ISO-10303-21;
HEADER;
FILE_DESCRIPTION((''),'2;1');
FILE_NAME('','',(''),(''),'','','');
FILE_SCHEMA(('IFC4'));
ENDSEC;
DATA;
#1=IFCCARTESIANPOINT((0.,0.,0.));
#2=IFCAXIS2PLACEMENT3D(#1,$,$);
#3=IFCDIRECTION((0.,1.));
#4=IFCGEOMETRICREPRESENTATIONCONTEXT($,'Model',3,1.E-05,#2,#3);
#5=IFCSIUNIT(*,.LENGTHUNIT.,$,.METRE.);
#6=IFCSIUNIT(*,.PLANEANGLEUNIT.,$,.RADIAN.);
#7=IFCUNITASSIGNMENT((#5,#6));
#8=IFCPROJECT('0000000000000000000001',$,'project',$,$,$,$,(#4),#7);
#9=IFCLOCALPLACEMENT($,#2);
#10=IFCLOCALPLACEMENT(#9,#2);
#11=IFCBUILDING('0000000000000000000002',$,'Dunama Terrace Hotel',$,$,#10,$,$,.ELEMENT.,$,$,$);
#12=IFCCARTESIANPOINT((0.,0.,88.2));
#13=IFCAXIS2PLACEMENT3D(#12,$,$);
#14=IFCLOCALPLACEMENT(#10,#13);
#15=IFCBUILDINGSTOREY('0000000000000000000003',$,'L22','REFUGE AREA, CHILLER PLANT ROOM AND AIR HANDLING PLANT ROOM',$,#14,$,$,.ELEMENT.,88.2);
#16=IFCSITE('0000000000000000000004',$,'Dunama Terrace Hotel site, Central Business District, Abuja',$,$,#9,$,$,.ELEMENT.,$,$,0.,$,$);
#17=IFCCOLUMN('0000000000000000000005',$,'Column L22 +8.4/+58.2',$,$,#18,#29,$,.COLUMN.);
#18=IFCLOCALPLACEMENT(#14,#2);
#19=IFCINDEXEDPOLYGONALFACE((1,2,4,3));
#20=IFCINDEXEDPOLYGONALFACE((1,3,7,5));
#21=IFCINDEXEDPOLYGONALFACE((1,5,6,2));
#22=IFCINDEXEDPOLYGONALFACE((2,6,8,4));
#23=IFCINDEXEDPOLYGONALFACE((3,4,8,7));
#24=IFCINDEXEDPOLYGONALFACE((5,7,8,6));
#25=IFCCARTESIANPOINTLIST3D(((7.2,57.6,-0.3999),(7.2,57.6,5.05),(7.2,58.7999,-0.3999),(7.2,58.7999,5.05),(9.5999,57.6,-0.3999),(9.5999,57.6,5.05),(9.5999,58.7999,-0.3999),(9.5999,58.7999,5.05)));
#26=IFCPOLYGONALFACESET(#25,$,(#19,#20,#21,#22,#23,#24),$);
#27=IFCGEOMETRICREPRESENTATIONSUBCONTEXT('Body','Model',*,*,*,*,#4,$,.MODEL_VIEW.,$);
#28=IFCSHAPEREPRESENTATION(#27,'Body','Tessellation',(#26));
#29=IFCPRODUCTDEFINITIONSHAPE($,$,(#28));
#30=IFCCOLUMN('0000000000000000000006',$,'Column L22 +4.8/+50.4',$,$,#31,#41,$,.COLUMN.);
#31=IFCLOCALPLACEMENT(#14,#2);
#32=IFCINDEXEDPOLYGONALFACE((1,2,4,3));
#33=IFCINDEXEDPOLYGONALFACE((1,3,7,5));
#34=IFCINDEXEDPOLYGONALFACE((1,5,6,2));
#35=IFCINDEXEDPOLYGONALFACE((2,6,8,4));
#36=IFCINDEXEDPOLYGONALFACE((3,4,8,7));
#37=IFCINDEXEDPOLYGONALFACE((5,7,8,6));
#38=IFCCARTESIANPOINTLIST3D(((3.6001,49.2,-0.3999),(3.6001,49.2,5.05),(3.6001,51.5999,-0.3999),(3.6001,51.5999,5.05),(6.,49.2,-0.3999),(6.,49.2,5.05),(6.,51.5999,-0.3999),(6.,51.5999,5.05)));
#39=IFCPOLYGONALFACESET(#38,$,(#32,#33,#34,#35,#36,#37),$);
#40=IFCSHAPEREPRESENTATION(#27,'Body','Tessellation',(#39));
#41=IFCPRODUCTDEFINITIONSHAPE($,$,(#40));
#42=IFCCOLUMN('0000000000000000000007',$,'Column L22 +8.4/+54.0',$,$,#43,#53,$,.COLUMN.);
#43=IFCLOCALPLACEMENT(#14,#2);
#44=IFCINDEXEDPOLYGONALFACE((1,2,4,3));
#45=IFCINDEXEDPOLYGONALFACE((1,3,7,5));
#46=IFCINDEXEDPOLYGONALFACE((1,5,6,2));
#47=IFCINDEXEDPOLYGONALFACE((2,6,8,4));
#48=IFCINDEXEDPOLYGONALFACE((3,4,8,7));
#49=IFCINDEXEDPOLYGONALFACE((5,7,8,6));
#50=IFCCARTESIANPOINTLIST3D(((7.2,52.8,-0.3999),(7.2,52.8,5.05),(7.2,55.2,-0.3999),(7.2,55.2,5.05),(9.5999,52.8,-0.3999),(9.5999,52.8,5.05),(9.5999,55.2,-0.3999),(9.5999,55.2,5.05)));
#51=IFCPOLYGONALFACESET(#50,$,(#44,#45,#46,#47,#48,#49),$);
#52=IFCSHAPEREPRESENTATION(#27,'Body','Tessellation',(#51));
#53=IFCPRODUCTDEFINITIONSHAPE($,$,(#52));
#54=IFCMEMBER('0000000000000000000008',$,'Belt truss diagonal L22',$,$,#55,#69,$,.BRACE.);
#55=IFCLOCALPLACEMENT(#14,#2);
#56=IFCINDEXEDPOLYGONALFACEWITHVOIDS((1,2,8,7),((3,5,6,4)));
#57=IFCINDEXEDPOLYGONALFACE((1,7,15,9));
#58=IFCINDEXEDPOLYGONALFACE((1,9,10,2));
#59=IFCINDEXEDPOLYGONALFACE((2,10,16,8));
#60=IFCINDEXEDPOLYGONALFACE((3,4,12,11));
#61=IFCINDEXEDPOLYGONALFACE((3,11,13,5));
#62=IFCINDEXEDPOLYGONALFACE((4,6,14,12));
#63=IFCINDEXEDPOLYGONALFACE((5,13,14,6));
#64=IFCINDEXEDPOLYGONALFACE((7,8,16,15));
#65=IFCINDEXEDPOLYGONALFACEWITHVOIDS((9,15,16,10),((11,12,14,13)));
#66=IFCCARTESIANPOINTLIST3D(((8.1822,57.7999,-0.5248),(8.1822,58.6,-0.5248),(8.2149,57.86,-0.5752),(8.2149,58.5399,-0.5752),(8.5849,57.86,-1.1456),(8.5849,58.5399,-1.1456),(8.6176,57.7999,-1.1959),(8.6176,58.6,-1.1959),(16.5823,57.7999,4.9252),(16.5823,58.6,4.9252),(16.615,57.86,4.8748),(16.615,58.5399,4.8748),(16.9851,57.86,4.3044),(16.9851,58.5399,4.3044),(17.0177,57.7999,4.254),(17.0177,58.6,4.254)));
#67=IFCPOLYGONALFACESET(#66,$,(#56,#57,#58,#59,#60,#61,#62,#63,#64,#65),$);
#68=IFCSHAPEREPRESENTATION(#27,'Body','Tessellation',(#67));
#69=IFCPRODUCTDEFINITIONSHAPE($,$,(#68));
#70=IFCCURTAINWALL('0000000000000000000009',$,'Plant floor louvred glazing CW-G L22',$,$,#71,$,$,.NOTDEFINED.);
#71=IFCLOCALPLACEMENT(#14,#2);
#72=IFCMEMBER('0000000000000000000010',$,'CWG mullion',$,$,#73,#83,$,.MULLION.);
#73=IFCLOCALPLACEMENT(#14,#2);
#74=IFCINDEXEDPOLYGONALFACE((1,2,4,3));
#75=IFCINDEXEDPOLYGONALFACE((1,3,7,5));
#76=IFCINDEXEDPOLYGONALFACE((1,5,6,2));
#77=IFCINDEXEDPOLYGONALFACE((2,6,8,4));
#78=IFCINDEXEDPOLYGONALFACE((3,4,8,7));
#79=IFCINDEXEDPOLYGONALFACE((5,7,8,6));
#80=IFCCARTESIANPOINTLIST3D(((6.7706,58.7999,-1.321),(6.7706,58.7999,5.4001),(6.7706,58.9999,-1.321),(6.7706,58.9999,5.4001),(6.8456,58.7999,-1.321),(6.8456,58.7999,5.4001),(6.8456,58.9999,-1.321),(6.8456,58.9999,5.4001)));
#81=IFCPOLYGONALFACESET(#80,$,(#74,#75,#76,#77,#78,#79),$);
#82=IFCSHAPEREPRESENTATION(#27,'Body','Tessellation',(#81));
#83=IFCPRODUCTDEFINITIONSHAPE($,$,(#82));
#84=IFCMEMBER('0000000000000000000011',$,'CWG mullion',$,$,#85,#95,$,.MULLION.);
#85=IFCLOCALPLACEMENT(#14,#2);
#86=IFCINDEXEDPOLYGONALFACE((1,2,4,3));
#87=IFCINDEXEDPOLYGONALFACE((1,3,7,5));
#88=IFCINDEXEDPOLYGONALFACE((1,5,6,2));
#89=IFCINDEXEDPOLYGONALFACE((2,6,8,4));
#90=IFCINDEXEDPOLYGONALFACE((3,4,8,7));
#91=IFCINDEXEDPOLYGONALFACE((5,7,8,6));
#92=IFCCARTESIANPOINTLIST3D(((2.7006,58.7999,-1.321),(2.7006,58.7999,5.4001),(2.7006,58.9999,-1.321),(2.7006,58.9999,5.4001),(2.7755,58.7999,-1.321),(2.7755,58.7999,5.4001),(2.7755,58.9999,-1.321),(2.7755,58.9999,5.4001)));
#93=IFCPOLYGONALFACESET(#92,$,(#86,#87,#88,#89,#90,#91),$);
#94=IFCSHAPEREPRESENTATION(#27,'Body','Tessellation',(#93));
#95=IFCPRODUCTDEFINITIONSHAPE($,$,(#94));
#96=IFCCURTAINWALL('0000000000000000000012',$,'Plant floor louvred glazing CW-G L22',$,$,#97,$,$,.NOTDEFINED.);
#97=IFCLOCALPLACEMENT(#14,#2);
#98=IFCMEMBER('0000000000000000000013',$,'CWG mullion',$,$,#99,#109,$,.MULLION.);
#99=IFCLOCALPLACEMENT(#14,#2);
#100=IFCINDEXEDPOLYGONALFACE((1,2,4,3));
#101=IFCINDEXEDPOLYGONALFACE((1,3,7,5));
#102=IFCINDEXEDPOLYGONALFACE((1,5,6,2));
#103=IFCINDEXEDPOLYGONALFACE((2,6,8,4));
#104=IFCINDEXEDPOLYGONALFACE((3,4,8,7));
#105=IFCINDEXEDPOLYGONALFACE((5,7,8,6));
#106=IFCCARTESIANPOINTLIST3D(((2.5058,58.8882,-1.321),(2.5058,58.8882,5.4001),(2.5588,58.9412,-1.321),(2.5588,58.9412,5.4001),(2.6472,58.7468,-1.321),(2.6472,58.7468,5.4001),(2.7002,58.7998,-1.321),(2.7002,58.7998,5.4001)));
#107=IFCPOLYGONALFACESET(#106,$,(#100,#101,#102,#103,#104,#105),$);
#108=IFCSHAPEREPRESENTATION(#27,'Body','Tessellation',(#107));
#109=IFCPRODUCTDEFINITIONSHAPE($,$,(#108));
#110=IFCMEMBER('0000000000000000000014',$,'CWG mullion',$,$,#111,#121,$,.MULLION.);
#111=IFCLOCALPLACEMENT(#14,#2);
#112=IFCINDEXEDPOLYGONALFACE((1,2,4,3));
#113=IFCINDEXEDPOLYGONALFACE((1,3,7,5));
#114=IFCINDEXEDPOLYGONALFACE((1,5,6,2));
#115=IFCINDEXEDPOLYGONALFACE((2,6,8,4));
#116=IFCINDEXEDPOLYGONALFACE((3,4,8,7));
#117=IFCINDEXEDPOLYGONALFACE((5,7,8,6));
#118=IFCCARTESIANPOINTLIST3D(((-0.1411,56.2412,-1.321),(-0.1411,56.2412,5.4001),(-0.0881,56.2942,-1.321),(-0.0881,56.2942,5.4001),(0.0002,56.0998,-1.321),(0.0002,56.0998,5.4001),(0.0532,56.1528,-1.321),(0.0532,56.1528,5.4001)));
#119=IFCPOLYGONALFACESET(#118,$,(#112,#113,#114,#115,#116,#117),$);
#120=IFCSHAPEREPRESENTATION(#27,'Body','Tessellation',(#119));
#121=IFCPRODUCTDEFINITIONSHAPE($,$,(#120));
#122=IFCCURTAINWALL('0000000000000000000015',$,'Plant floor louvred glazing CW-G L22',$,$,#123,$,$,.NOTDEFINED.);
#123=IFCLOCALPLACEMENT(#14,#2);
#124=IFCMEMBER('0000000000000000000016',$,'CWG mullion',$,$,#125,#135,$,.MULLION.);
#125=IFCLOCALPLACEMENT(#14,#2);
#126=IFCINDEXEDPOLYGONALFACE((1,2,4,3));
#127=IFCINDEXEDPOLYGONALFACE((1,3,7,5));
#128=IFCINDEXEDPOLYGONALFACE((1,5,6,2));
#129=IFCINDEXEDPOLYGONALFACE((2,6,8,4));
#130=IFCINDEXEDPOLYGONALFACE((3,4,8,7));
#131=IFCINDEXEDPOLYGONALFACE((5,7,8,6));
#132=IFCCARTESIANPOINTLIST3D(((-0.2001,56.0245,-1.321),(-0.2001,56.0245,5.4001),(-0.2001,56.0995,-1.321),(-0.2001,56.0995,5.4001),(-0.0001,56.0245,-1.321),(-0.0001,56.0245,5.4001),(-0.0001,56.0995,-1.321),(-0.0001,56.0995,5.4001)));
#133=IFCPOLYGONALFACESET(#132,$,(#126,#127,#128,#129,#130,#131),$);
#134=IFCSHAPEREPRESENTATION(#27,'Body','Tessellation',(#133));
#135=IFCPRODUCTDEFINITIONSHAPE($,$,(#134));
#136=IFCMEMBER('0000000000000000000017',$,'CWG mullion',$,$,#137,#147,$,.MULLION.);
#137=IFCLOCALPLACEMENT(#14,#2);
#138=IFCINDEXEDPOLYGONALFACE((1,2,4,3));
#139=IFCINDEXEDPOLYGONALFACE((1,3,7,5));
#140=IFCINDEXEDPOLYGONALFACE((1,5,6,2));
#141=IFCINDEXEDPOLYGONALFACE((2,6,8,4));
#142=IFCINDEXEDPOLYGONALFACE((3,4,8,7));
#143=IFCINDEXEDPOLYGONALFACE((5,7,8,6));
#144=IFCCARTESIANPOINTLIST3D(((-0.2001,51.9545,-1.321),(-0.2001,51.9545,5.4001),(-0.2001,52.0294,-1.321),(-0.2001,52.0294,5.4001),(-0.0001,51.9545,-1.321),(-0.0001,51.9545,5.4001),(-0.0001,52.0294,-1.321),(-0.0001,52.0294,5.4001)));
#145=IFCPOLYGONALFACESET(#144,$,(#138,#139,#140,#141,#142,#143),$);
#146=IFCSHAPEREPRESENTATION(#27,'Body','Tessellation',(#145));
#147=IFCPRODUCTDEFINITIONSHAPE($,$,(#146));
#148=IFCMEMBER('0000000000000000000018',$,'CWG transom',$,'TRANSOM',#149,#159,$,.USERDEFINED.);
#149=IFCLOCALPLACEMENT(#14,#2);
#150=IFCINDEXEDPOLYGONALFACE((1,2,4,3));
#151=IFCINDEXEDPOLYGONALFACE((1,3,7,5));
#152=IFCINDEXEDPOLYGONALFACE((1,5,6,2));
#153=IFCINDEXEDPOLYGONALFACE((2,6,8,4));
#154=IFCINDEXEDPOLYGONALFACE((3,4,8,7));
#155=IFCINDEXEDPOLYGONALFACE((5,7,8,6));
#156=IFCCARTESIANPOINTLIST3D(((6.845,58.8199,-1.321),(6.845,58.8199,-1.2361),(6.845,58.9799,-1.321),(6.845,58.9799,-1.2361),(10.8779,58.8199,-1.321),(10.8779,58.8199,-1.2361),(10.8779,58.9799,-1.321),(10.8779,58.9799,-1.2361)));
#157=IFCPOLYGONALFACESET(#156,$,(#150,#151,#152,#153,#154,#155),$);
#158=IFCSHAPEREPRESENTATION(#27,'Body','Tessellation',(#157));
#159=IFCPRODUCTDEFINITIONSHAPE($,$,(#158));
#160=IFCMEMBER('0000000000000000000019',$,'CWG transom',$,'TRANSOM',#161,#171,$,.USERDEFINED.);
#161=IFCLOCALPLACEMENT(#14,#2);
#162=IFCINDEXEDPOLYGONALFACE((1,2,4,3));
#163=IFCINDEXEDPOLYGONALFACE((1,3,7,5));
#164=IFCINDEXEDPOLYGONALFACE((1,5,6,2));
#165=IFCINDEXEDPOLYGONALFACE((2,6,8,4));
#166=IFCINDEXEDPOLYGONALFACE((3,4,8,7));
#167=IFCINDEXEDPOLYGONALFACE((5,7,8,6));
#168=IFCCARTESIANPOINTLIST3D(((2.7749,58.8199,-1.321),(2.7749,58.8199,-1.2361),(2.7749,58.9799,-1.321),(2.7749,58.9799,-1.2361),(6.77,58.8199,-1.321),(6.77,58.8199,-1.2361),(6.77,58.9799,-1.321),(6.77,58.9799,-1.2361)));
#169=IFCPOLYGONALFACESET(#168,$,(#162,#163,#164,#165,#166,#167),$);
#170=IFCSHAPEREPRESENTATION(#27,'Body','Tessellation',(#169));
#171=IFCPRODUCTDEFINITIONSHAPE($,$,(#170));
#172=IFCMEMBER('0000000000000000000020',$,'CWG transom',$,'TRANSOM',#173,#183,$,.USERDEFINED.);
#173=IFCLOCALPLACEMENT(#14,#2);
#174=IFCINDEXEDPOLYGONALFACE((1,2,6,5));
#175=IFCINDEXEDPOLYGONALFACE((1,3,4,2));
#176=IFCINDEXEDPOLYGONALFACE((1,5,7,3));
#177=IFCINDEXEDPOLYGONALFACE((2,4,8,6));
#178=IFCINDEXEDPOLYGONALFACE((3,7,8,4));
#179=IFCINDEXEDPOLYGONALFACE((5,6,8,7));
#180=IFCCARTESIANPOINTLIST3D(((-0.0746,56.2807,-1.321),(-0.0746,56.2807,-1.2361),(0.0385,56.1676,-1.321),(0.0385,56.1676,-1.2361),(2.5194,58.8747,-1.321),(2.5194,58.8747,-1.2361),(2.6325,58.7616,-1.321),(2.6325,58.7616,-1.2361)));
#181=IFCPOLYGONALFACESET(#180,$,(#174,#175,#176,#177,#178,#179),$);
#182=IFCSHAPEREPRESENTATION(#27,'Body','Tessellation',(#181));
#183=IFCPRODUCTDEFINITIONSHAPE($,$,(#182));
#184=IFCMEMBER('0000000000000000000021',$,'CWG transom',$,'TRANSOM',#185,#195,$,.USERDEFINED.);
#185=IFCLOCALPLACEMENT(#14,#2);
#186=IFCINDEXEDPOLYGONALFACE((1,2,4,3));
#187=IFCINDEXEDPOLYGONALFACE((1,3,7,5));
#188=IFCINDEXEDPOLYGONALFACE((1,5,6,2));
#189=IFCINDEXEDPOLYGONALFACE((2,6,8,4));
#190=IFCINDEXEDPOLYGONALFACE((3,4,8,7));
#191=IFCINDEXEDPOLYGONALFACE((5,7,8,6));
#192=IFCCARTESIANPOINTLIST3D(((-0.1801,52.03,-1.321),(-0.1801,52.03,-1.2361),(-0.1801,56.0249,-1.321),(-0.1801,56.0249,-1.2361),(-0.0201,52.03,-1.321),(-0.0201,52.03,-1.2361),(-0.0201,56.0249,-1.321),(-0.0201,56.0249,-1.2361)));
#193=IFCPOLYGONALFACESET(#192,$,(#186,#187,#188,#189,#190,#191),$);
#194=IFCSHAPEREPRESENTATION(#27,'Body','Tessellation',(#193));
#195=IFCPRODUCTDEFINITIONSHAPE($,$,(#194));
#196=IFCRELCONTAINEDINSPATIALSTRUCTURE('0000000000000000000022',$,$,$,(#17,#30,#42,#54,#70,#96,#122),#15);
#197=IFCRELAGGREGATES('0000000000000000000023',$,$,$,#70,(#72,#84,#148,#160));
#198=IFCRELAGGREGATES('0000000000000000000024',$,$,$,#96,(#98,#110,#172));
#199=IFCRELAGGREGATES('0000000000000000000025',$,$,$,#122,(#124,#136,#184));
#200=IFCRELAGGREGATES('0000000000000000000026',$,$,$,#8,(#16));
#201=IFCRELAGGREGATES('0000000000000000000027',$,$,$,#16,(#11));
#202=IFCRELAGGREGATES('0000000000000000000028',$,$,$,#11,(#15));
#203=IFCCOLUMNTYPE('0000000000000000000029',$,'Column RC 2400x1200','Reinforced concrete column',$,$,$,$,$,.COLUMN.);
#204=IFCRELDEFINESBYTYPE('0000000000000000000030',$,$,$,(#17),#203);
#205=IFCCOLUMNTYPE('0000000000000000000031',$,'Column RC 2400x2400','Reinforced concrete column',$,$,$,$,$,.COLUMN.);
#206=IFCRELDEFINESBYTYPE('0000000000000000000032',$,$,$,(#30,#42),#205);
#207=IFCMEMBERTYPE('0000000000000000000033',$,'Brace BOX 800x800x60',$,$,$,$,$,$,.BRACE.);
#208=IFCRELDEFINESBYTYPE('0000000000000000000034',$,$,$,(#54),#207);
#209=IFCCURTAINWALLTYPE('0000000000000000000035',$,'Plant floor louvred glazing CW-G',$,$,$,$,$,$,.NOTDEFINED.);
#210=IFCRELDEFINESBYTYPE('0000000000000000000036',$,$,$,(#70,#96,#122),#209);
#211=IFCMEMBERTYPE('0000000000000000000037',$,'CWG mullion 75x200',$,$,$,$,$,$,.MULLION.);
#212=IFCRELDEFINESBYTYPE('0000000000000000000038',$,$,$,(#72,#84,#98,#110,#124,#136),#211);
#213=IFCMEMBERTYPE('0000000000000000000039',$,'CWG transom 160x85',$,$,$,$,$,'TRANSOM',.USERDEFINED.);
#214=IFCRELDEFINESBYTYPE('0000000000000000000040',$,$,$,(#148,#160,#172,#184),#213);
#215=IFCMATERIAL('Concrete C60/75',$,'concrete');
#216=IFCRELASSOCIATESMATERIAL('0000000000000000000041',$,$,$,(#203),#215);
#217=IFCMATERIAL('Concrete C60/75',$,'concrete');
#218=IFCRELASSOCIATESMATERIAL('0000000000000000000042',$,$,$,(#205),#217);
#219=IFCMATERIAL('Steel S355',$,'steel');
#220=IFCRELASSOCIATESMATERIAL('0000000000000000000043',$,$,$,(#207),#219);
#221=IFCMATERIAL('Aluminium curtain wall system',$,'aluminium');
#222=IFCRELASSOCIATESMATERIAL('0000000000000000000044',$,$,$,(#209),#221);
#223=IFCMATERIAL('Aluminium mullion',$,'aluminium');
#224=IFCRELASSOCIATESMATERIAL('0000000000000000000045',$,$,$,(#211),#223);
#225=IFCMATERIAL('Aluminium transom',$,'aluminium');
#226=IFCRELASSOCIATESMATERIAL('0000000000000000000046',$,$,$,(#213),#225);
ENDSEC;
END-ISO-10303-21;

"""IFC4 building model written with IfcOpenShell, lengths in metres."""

from ifc_helpers import new_model, si_unit, direction, frame, origin, origin_2d, place, context, subcontext, project, spatial, rectangle, hollow_rectangle, extrude, material, material_profile, profile_set, type_object, element, aggregate, save


model = new_model("IFC4")

# Units and contexts
model_context = context("Model", 3, precision=1e-05, world=origin(), true_north=direction((0.0, 1.0)))
body_context = subcontext(model_context, "Body", "Model", "MODEL_VIEW")
ifc_project = project(units=[si_unit("LENGTHUNIT", "METRE"), si_unit("PLANEANGLEUNIT", "RADIAN")], contexts=[model_context])

# Site, building, storey
site_placement = place(None, origin())
site = spatial("IfcSite", under=ifc_project, at=site_placement, Name="Dunama Terrace Hotel site, Central Business District, Abuja", CompositionType="ELEMENT", RefElevation=0.0)
building_placement = place(site_placement, origin())
building = spatial("IfcBuilding", under=site, at=building_placement, Name="Dunama Terrace Hotel", CompositionType="ELEMENT")
storey_placement = place(building_placement, frame((0.0, 0.0, 88.2)))
storey = spatial("IfcBuildingStorey", under=building, at=storey_placement, Name="L22", Description="REFUGE AREA, CHILLER PLANT ROOM AND AIR HANDLING PLANT ROOM", CompositionType="ELEMENT", Elevation=88.2)

# Columns
ifc_material_1 = material(Name="Concrete C60/75", Category="concrete")
ifc_material_profile_1 = material_profile(ifc_material_1, rectangle(XDim=2.3999, YDim=1.2, at=origin_2d()), Name="RC 2400x1200")
ifc_profile_set_1 = profile_set([ifc_material_profile_1], Name="Concrete C60/75")
column_type_1 = type_object("IfcColumnType", Name="Column RC 2400x1200", Description="Reinforced concrete column", PredefinedType="COLUMN", material=ifc_profile_set_1)
column_placement = place(storey_placement, frame((8.3999, 58.2, -0.3999), z_axis=(0.0, 0.0, 1.0), x_axis=(1.0, 0.0, 0.0)))
element("IfcColumn", 1, at=column_placement, inside=storey, type_object=column_type_1, Name="Column L22 +8.4/+58.2", PredefinedType="COLUMN", context=body_context, shape_type="SweptSolid", body=[
    extrude(rectangle(XDim=2.3999, YDim=1.2, at=origin_2d()), origin(), (0.0, 0.0, 1.0), 5.45),
])
ifc_material_2 = material(Name="Concrete C60/75", Category="concrete")
ifc_material_profile_2 = material_profile(ifc_material_2, rectangle(XDim=2.3999, YDim=2.3999, at=origin_2d()), Name="RC 2400x2400")
ifc_profile_set_2 = profile_set([ifc_material_profile_2], Name="Concrete C60/75")
column_type_2 = type_object("IfcColumnType", Name="Column RC 2400x2400", Description="Reinforced concrete column", PredefinedType="COLUMN", material=ifc_profile_set_2)
for number, where, z_axis, x_axis, name in (
    (2, (4.8, 50.3999, -0.3999), (0.0, 0.0, 1.0), (1.0, 0.0, 0.0), "Column L22 +4.8/+50.4"),
    (3, (8.3999, 54.0, -0.3999), (0.0, 0.0, 1.0), (1.0, 0.0, 0.0), "Column L22 +8.4/+54.0"),
):
    element("IfcColumn", number, at=place(storey_placement, frame(where, z_axis=z_axis, x_axis=x_axis)), inside=storey, type_object=column_type_2, Name=name, PredefinedType="COLUMN", context=body_context, shape_type="SweptSolid", body=[
        extrude(rectangle(XDim=2.3999, YDim=2.3999, at=origin_2d()), origin(), (0.0, 0.0, 1.0), 5.45),
    ])

# Member
ifc_material_3 = material(Name="Steel S355", Category="steel")
ifc_material_profile_3 = material_profile(ifc_material_3, hollow_rectangle(XDim=0.8, YDim=0.8, WallThickness=0.0601, at=origin_2d()), Name="BOX 800x800x60")
ifc_profile_set_3 = profile_set([ifc_material_profile_3], Name="Steel S355")
member_type_1 = type_object("IfcMemberType", Name="Brace BOX 800x800x60", PredefinedType="BRACE", material=ifc_profile_set_3)
member_1_placement = place(storey_placement, frame((8.3999, 58.2, -0.8604), z_axis=(0.838906, 0.0, 0.544276), x_axis=(0.0, 1.0, 0.0)))
element("IfcMember", 4, at=member_1_placement, inside=storey, type_object=member_type_1, Name="Belt truss diagonal L22", PredefinedType="BRACE", context=body_context, shape_type="SweptSolid", body=[
    extrude(hollow_rectangle(XDim=0.8, YDim=0.8, WallThickness=0.0601, at=origin_2d()), origin(), (0.0, 0.0, 1.0), 10.0132),
])

# Curtain walls, members
ifc_material_4 = material(Name="Aluminium curtain wall system", Category="aluminium")
curtain_wall_type = type_object("IfcCurtainWallType", Name="Plant floor louvred glazing CW-G", PredefinedType="NOTDEFINED", material=ifc_material_4)
curtain_wall_1_placement = place(storey_placement, origin())
curtain_wall_1 = element("IfcCurtainWall", 5, at=curtain_wall_1_placement, inside=storey, type_object=curtain_wall_type, Name="Plant floor louvred glazing CW-G L22", PredefinedType="NOTDEFINED")
ifc_material_5 = material(Name="Aluminium mullion", Category="aluminium")
ifc_material_profile_4 = material_profile(ifc_material_5, rectangle(XDim=0.075, YDim=0.2, at=origin_2d()), Name="CWG MULLION 75X200")
ifc_profile_set_4 = profile_set([ifc_material_profile_4], Name="Aluminium mullion")
member_type_2 = type_object("IfcMemberType", Name="CWG mullion 75x200", PredefinedType="MULLION", material=ifc_profile_set_4)
member_2_placement = place(storey_placement, frame((6.8081, 58.8999, -1.321), z_axis=(0.0, 0.0, 1.0), x_axis=(-1.0, 0.0, 0.0)))
member_2 = element("IfcMember", 6, at=member_2_placement, type_object=member_type_2, Name="CWG mullion", PredefinedType="MULLION", context=body_context, shape_type="SweptSolid", body=[
    extrude(rectangle(XDim=0.075, YDim=0.2, at=origin_2d()), origin(), (0.0, 0.0, 1.0), 6.7212),
])
member_3_placement = place(storey_placement, frame((2.738, 58.8999, -1.321), z_axis=(0.0, 0.0, 1.0), x_axis=(-1.0, 0.0, 0.0)))
member_3 = element("IfcMember", 7, at=member_3_placement, type_object=member_type_2, Name="CWG mullion", PredefinedType="MULLION", context=body_context, shape_type="SweptSolid", body=[
    extrude(rectangle(XDim=0.075, YDim=0.2, at=origin_2d()), origin(), (0.0, 0.0, 1.0), 6.7212),
])
curtain_wall_2_placement = place(storey_placement, origin())
curtain_wall_2 = element("IfcCurtainWall", 8, at=curtain_wall_2_placement, inside=storey, type_object=curtain_wall_type, Name="Plant floor louvred glazing CW-G L22", PredefinedType="NOTDEFINED")
member_4_placement = place(storey_placement, frame((2.603, 58.844, -1.321), z_axis=(0.0, 0.0, 1.0), x_axis=(-0.707107, -0.707107, 0.0)))
member_4 = element("IfcMember", 9, at=member_4_placement, type_object=member_type_2, Name="CWG mullion", PredefinedType="MULLION", context=body_context, shape_type="SweptSolid", body=[
    extrude(rectangle(XDim=0.075, YDim=0.2, at=origin_2d()), origin(), (0.0, 0.0, 1.0), 6.7212),
])
member_5_placement = place(storey_placement, frame((-0.0439, 56.197, -1.321), z_axis=(0.0, 0.0, 1.0), x_axis=(-0.707107, -0.707107, 0.0)))
member_5 = element("IfcMember", 10, at=member_5_placement, type_object=member_type_2, Name="CWG mullion", PredefinedType="MULLION", context=body_context, shape_type="SweptSolid", body=[
    extrude(rectangle(XDim=0.075, YDim=0.2, at=origin_2d()), origin(), (0.0, 0.0, 1.0), 6.7212),
])
curtain_wall_3_placement = place(storey_placement, origin())
curtain_wall_3 = element("IfcCurtainWall", 11, at=curtain_wall_3_placement, inside=storey, type_object=curtain_wall_type, Name="Plant floor louvred glazing CW-G L22", PredefinedType="NOTDEFINED")
member_6_placement = place(storey_placement, frame((-0.1001, 56.062, -1.321), z_axis=(0.0, 0.0, 1.0), x_axis=(0.0, -1.0, 0.0)))
member_6 = element("IfcMember", 12, at=member_6_placement, type_object=member_type_2, Name="CWG mullion", PredefinedType="MULLION", context=body_context, shape_type="SweptSolid", body=[
    extrude(rectangle(XDim=0.075, YDim=0.2, at=origin_2d()), origin(), (0.0, 0.0, 1.0), 6.7212),
])
member_7_placement = place(storey_placement, frame((-0.1001, 51.9919, -1.321), z_axis=(0.0, 0.0, 1.0), x_axis=(0.0, -1.0, 0.0)))
member_7 = element("IfcMember", 13, at=member_7_placement, type_object=member_type_2, Name="CWG mullion", PredefinedType="MULLION", context=body_context, shape_type="SweptSolid", body=[
    extrude(rectangle(XDim=0.075, YDim=0.2, at=origin_2d()), origin(), (0.0, 0.0, 1.0), 6.7212),
])

# Members
ifc_material_6 = material(Name="Aluminium transom", Category="aluminium")
ifc_material_profile_5 = material_profile(ifc_material_6, rectangle(XDim=0.1599, YDim=0.085, at=origin_2d()), Name="CWG TRANSOM 160X85")
ifc_profile_set_5 = profile_set([ifc_material_profile_5], Name="Aluminium transom")
member_type_3 = type_object("IfcMemberType", Name="CWG transom 160x85", ElementType="TRANSOM", PredefinedType="USERDEFINED", material=ifc_profile_set_5)
member_8_placement = place(storey_placement, frame((10.8779, 58.8999, -1.2786), z_axis=(-1.0, 0.0, 0.0), x_axis=(0.0, -1.0, 0.0)))
member_8 = element("IfcMember", 14, at=member_8_placement, type_object=member_type_3, Name="CWG transom", ObjectType="TRANSOM", PredefinedType="USERDEFINED", context=body_context, shape_type="SweptSolid", body=[
    extrude(rectangle(XDim=0.1599, YDim=0.085, at=origin_2d()), origin(), (0.0, 0.0, 1.0), 4.033),
])
member_9_placement = place(storey_placement, frame((6.77, 58.8999, -1.2786), z_axis=(-1.0, 0.0, 0.0), x_axis=(0.0, -1.0, 0.0)))
member_9 = element("IfcMember", 15, at=member_9_placement, type_object=member_type_3, Name="CWG transom", ObjectType="TRANSOM", PredefinedType="USERDEFINED", context=body_context, shape_type="SweptSolid", body=[
    extrude(rectangle(XDim=0.1599, YDim=0.085, at=origin_2d()), origin(), (0.0, 0.0, 1.0), 3.9951),
])
member_10_placement = place(storey_placement, frame((2.5759, 58.8181, -1.2786), z_axis=(-0.707107, -0.707107, 0.0), x_axis=(0.707107, -0.707107, 0.0)))
member_10 = element("IfcMember", 16, at=member_10_placement, type_object=member_type_3, Name="CWG transom", ObjectType="TRANSOM", PredefinedType="USERDEFINED", context=body_context, shape_type="SweptSolid", body=[
    extrude(rectangle(XDim=0.1599, YDim=0.085, at=origin_2d()), origin(), (0.0, 0.0, 1.0), 3.6685),
])
member_11_placement = place(storey_placement, frame((-0.1001, 56.0249, -1.2786), z_axis=(0.0, -1.0, 0.0), x_axis=(1.0, 0.0, 0.0)))
member_11 = element("IfcMember", 17, at=member_11_placement, type_object=member_type_3, Name="CWG transom", ObjectType="TRANSOM", PredefinedType="USERDEFINED", context=body_context, shape_type="SweptSolid", body=[
    extrude(rectangle(XDim=0.1599, YDim=0.085, at=origin_2d()), origin(), (0.0, 0.0, 1.0), 3.9949),
])

aggregate(curtain_wall_1, [member_2, member_3, member_8, member_9])
aggregate(curtain_wall_2, [member_4, member_5, member_10])
aggregate(curtain_wall_3, [member_6, member_7, member_11])

save(model, "model.ifc")
